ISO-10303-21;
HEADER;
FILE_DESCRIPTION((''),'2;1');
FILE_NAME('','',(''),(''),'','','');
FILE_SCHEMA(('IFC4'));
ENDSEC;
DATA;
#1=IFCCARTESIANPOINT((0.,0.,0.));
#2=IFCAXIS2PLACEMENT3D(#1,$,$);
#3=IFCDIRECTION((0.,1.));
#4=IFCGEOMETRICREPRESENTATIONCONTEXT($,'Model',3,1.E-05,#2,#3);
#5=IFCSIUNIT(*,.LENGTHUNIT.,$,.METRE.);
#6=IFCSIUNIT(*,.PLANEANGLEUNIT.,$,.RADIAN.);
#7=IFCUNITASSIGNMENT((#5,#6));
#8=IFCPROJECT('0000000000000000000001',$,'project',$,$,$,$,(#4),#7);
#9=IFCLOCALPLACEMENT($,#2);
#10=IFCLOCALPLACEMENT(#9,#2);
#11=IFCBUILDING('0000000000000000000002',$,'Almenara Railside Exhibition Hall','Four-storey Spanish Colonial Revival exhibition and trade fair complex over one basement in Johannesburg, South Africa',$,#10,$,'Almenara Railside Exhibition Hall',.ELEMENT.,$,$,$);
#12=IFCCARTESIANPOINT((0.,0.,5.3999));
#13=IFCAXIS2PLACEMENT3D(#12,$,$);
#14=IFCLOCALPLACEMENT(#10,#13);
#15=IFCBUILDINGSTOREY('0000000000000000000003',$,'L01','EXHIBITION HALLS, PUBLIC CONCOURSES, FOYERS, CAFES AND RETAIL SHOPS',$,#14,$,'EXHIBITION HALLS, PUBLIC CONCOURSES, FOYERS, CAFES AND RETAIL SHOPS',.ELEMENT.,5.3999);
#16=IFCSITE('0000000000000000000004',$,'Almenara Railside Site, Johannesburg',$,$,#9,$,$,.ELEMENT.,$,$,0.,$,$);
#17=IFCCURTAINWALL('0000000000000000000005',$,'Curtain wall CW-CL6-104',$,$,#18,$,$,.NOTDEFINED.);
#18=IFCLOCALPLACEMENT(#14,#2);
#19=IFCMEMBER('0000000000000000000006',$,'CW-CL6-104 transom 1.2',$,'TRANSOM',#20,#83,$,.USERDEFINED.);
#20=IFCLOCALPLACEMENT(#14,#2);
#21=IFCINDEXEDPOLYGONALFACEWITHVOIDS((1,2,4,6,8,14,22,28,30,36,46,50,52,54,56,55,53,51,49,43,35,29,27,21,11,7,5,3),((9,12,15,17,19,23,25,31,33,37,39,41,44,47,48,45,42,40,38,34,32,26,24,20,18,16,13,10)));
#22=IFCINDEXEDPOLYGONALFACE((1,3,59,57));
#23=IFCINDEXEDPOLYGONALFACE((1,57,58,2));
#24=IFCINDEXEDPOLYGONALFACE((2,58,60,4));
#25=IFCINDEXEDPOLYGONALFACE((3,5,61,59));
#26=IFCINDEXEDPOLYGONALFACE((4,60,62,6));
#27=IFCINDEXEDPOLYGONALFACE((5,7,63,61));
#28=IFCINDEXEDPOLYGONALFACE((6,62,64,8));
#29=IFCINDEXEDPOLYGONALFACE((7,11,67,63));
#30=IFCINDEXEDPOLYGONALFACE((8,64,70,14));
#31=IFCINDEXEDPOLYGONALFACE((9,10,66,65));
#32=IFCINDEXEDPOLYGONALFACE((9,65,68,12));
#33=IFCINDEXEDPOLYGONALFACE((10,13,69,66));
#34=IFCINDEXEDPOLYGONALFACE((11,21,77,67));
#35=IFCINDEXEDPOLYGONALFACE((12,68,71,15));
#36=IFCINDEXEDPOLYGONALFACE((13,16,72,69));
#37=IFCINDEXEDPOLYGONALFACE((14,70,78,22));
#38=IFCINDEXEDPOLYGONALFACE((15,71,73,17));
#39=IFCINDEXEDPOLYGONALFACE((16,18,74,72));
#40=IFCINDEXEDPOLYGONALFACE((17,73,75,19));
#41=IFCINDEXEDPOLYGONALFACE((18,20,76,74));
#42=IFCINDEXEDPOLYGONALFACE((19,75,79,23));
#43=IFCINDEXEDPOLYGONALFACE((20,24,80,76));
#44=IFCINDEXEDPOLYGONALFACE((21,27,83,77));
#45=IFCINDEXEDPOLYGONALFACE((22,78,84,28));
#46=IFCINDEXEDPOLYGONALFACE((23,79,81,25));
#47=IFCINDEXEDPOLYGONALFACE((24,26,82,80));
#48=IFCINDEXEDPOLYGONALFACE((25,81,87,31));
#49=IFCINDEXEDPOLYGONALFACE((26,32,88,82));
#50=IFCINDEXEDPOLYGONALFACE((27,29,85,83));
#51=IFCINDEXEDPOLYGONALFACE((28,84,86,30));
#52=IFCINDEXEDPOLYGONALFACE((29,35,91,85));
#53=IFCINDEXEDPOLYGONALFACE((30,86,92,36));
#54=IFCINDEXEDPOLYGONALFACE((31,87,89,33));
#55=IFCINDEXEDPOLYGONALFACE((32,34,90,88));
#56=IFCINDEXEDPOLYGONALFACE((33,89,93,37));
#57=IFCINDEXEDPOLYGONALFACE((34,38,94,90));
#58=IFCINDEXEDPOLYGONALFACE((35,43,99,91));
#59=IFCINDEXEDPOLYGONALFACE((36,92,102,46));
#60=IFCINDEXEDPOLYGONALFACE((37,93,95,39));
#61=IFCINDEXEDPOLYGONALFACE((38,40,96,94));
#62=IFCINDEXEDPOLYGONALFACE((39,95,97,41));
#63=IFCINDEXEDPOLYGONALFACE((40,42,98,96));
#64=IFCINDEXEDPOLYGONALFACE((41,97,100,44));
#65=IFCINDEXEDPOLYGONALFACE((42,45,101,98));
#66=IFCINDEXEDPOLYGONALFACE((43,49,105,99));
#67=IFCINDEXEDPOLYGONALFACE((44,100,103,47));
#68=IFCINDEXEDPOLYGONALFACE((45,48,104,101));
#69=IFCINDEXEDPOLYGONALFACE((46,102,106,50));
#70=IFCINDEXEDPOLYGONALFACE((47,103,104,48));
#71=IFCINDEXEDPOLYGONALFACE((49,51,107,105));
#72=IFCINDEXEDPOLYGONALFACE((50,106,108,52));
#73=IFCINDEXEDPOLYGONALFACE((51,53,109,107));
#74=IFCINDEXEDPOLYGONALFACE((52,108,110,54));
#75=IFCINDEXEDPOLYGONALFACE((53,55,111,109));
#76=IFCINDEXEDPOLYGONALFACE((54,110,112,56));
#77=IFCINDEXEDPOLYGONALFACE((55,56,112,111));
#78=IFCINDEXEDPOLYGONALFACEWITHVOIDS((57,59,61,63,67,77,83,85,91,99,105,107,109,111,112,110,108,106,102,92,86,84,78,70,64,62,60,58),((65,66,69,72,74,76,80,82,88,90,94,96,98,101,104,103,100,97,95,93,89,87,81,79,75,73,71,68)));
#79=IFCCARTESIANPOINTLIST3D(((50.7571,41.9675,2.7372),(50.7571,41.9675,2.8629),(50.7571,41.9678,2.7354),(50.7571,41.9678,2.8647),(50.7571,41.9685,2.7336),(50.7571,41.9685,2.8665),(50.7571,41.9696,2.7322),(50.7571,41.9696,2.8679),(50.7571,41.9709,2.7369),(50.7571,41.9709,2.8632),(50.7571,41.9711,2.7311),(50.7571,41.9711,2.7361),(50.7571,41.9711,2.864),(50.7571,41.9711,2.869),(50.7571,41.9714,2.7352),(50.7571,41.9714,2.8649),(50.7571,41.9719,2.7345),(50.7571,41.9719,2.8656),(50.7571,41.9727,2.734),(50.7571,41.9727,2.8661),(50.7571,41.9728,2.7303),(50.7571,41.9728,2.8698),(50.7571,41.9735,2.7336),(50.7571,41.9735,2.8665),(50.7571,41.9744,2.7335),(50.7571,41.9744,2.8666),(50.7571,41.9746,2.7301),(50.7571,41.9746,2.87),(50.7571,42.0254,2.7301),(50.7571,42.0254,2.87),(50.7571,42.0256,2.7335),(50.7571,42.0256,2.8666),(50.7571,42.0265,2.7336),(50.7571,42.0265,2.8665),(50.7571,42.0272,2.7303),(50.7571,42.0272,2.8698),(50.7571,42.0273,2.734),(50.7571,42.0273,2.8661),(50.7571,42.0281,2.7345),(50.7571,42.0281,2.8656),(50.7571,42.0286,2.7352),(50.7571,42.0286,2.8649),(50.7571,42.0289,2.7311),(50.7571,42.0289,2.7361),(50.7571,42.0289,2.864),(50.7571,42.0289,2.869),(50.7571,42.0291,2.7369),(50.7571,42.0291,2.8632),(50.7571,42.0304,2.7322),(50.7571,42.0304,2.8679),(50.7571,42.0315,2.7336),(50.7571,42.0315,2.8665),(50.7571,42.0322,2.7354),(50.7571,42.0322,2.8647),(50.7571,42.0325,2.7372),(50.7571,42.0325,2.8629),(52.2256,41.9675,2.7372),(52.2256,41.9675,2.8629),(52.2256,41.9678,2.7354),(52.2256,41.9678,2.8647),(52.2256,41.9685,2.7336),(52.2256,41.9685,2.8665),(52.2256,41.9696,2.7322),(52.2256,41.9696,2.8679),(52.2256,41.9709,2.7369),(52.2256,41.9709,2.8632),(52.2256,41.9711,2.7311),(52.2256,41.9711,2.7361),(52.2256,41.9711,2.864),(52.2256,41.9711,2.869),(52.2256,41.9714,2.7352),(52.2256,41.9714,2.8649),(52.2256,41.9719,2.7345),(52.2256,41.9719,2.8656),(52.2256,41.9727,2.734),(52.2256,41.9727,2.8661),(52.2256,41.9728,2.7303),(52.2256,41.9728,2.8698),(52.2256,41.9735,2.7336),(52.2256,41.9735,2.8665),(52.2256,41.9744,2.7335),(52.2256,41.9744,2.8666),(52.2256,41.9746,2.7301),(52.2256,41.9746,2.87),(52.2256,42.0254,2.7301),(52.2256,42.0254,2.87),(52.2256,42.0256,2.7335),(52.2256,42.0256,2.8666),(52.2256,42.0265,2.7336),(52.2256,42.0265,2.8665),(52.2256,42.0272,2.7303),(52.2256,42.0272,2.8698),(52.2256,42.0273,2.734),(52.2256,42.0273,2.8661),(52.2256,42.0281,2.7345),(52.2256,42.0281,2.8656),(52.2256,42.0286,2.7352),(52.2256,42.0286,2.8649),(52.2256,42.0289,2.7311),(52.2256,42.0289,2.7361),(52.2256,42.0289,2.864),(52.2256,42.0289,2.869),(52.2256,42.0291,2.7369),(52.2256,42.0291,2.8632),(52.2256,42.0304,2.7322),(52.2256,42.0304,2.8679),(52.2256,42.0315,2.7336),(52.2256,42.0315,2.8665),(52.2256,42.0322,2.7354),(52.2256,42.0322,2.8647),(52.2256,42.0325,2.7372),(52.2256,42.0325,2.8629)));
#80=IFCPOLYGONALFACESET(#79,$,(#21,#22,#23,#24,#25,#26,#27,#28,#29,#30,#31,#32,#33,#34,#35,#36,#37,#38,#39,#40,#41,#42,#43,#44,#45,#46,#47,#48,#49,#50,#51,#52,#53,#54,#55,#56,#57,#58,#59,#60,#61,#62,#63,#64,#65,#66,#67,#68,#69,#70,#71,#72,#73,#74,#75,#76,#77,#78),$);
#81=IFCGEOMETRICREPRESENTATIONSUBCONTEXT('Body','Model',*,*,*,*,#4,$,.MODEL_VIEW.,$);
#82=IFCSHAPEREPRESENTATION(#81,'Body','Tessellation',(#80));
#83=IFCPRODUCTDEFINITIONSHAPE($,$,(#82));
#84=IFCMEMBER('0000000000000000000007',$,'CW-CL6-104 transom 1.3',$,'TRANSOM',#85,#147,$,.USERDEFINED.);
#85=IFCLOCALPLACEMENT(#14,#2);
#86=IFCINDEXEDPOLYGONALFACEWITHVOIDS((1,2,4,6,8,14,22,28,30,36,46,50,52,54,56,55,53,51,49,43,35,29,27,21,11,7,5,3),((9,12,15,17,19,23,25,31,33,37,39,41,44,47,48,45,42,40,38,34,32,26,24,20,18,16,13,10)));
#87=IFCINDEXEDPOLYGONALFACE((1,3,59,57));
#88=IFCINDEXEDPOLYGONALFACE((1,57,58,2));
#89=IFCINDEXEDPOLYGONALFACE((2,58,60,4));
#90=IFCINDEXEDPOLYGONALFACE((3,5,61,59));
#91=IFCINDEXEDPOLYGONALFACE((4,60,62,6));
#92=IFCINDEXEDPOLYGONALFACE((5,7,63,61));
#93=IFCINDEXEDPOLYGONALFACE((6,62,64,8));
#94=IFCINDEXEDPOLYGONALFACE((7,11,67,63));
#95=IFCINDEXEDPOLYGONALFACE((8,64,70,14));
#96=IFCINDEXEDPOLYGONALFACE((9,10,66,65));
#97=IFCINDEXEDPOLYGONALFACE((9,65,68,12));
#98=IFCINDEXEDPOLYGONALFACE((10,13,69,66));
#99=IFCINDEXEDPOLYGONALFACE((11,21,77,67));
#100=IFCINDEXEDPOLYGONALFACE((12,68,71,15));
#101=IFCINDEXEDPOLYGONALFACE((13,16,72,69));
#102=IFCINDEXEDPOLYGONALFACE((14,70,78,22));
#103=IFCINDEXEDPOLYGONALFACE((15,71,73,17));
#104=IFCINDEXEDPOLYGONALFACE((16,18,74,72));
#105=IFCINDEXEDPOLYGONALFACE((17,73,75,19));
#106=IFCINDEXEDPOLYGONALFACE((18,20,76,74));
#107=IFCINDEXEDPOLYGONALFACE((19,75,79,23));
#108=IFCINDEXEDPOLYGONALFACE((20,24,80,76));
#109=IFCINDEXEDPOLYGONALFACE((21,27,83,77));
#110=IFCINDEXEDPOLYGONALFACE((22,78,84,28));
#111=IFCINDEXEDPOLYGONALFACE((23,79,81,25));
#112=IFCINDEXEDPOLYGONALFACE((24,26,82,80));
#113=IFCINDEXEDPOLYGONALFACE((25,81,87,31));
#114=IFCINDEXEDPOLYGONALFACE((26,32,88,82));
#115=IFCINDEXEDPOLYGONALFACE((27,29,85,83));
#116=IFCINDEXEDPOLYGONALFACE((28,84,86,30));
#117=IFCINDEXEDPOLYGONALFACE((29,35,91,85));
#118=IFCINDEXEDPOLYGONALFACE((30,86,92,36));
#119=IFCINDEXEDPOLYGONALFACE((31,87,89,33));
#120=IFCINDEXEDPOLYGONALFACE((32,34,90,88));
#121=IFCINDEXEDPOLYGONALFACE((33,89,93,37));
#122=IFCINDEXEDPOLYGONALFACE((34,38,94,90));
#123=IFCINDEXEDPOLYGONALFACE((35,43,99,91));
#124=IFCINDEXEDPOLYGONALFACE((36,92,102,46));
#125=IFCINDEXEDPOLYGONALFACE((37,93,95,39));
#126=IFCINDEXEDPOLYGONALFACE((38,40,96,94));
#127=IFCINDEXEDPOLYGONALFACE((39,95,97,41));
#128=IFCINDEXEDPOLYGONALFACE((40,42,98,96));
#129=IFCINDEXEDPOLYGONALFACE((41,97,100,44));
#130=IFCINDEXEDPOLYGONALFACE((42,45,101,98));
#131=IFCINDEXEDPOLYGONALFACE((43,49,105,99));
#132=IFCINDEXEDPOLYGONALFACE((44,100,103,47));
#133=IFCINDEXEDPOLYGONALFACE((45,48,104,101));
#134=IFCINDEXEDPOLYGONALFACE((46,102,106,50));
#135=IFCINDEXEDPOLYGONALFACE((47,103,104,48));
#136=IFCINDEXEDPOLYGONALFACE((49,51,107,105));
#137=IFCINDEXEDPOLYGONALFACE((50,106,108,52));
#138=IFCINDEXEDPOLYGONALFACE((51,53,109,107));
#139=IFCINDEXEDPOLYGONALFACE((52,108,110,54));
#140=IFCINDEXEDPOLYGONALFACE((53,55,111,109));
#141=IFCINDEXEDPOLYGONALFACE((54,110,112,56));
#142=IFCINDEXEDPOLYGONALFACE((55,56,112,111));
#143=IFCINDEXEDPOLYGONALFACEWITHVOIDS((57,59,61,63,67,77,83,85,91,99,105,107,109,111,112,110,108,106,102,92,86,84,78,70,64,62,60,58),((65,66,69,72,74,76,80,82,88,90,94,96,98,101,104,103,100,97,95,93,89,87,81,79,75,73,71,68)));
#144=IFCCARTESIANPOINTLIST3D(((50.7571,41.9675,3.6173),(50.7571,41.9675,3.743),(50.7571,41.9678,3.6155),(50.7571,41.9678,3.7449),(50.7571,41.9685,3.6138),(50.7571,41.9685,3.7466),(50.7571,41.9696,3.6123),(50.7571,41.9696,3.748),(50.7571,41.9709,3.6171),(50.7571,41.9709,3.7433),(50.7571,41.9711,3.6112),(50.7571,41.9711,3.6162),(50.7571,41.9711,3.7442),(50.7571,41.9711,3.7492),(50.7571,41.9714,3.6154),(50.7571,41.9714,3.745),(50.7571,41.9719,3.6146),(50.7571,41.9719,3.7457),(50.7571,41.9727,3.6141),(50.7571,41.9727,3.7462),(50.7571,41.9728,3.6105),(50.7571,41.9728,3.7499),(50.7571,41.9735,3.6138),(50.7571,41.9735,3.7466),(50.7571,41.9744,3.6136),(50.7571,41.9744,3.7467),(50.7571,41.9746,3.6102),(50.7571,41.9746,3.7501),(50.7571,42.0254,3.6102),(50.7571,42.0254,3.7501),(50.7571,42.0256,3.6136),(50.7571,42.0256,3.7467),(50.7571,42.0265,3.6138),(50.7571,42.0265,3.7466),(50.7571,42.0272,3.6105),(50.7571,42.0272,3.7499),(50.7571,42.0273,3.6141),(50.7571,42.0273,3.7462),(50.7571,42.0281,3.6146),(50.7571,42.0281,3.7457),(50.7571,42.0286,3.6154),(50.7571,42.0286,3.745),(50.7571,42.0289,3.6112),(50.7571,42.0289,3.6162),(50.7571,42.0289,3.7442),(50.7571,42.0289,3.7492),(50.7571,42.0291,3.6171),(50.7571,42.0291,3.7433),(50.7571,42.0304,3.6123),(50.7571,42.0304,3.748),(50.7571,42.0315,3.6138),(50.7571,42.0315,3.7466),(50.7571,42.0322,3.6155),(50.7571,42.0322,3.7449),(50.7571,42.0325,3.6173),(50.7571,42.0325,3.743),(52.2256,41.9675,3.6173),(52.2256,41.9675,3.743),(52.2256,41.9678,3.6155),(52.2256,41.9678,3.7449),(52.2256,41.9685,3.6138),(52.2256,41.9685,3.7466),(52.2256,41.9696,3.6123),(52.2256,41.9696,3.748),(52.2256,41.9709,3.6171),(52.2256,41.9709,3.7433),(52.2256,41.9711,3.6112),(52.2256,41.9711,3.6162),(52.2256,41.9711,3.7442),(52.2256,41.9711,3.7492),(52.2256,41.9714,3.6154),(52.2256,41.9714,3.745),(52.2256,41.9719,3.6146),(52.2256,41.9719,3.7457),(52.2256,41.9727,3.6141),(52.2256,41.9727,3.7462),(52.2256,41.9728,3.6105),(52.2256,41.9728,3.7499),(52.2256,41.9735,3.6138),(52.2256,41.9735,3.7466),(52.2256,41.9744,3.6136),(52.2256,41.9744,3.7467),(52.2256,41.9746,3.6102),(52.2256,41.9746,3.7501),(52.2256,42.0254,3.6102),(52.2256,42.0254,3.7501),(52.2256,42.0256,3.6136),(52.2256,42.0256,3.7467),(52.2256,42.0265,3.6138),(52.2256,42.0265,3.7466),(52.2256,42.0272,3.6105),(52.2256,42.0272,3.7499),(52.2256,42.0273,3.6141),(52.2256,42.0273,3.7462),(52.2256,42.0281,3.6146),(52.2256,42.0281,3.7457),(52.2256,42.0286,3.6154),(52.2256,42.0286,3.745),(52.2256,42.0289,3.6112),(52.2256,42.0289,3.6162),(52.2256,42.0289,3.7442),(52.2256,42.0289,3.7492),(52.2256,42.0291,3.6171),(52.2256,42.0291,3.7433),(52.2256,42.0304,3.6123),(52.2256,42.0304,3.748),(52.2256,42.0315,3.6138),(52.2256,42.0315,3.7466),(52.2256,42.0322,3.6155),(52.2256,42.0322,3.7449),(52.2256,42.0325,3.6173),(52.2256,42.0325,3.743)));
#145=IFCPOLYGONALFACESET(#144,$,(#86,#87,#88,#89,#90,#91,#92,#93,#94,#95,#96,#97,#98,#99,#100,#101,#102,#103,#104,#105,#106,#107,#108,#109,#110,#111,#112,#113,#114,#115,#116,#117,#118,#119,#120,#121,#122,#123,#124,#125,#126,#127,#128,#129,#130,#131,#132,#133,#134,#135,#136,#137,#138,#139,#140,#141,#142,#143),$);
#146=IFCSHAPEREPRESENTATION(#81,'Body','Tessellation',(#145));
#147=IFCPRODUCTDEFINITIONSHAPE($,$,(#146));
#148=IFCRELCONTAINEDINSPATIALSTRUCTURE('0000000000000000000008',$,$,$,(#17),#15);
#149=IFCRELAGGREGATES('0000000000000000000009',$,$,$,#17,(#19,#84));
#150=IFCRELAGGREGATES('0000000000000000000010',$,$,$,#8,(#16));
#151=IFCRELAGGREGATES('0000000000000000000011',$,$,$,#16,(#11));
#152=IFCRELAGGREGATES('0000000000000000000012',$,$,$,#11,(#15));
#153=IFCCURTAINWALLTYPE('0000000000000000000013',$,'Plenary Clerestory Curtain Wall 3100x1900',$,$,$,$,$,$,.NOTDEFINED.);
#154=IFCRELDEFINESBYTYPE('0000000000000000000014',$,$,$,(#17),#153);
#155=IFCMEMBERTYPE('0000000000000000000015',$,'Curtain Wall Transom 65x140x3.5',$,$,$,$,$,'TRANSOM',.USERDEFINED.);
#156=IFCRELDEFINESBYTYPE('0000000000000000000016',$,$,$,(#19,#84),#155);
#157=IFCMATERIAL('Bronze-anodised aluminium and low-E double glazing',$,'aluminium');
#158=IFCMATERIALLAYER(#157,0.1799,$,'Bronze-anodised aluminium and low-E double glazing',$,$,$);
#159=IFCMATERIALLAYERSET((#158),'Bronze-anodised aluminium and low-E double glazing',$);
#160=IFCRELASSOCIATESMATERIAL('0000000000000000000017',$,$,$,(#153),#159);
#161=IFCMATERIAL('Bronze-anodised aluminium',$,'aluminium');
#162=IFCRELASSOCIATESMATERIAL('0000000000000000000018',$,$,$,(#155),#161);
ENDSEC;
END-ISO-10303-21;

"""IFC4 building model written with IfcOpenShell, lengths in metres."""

from ifc_helpers import new_model, si_unit, direction, frame, origin, origin_2d, place, context, subcontext, project, spatial, hollow_rectangle, extrude, material, layer, layer_set, material_profile, profile_set, type_object, element, aggregate, save


model = new_model("IFC4")

# Units and contexts
model_context = context("Model", 3, precision=1e-05, world=origin(), true_north=direction((0.0, 1.0)))
body_context = subcontext(model_context, "Body", "Model", "MODEL_VIEW")
ifc_project = project(units=[si_unit("LENGTHUNIT", "METRE"), si_unit("PLANEANGLEUNIT", "RADIAN")], contexts=[model_context])

# Site, building, storey
site_placement = place(None, origin())
site = spatial("IfcSite", under=ifc_project, at=site_placement, Name="Almenara Railside Site, Johannesburg", CompositionType="ELEMENT", RefElevation=0.0)
building_placement = place(site_placement, origin())
building = spatial("IfcBuilding", under=site, at=building_placement, Name="Almenara Railside Exhibition Hall", Description="Four-storey Spanish Colonial Revival exhibition and trade fair complex over one basement in Johannesburg, South Africa", LongName="Almenara Railside Exhibition Hall", CompositionType="ELEMENT")
storey_placement = place(building_placement, frame((0.0, 0.0, 5.3999)))
storey = spatial("IfcBuildingStorey", under=building, at=storey_placement, Name="L01", Description="EXHIBITION HALLS, PUBLIC CONCOURSES, FOYERS, CAFES AND RETAIL SHOPS", LongName="EXHIBITION HALLS, PUBLIC CONCOURSES, FOYERS, CAFES AND RETAIL SHOPS", CompositionType="ELEMENT", Elevation=5.3999)

# Shared definitions
ifc_material_1 = material(Name="Bronze-anodised aluminium and low-E double glazing", Category="aluminium")
ifc_material_2 = material(Name="Bronze-anodised aluminium", Category="aluminium")

# Curtain wall, members
ifc_layer_1 = layer(ifc_material_1, 0.1799, Name="Bronze-anodised aluminium and low-E double glazing")
ifc_layer_set_1 = layer_set([ifc_layer_1], Name="Bronze-anodised aluminium and low-E double glazing")
curtain_wall_type_1 = type_object("IfcCurtainWallType", Name="Plenary Clerestory Curtain Wall 3100x1900", PredefinedType="NOTDEFINED", material=ifc_layer_set_1)
curtain_wall_1_placement = place(storey_placement, origin())
curtain_wall_1 = element("IfcCurtainWall", 1, at=curtain_wall_1_placement, inside=storey, type_object=curtain_wall_type_1, Name="Curtain wall CW-CL6-104", PredefinedType="NOTDEFINED")
ifc_material_profile_1 = material_profile(ifc_material_2, hollow_rectangle(XDim=0.0649, YDim=0.1399, WallThickness=0.0034, InnerFilletRadius=0.0034, OuterFilletRadius=0.0071, at=origin_2d()), Name="ALU-TRN 65x140x3.5")
ifc_profile_set_1 = profile_set([ifc_material_profile_1], Name="Bronze-anodised aluminium")
member_type_1 = type_object("IfcMemberType", Name="Curtain Wall Transom 65x140x3.5", ElementType="TRANSOM", PredefinedType="USERDEFINED", material=ifc_profile_set_1)
member_1_placement = place(storey_placement, frame((50.7571, 42.0, 2.8), z_axis=(1.0, 0.0, 0.0), x_axis=(0.0, 1.0, 0.0)))
member_1 = element("IfcMember", 2, at=member_1_placement, type_object=member_type_1, Name="CW-CL6-104 transom 1.2", ObjectType="TRANSOM", PredefinedType="USERDEFINED", context=body_context, shape_type="SweptSolid", body=[
    extrude(hollow_rectangle(XDim=0.0649, YDim=0.1399, WallThickness=0.0034, InnerFilletRadius=0.0034, OuterFilletRadius=0.0071, at=origin_2d()), origin(), (0.0, 0.0, 1.0), 1.4685),
])
member_2_placement = place(storey_placement, frame((50.7571, 42.0, 3.6802), z_axis=(1.0, 0.0, 0.0), x_axis=(0.0, 1.0, 0.0)))
member_2 = element("IfcMember", 3, at=member_2_placement, type_object=member_type_1, Name="CW-CL6-104 transom 1.3", ObjectType="TRANSOM", PredefinedType="USERDEFINED", context=body_context, shape_type="SweptSolid", body=[
    extrude(hollow_rectangle(XDim=0.0649, YDim=0.1399, WallThickness=0.0034, InnerFilletRadius=0.0034, OuterFilletRadius=0.0071, at=origin_2d()), origin(), (0.0, 0.0, 1.0), 1.4685),
])

aggregate(curtain_wall_1, [member_1, member_2])

save(model, "model.ifc")
